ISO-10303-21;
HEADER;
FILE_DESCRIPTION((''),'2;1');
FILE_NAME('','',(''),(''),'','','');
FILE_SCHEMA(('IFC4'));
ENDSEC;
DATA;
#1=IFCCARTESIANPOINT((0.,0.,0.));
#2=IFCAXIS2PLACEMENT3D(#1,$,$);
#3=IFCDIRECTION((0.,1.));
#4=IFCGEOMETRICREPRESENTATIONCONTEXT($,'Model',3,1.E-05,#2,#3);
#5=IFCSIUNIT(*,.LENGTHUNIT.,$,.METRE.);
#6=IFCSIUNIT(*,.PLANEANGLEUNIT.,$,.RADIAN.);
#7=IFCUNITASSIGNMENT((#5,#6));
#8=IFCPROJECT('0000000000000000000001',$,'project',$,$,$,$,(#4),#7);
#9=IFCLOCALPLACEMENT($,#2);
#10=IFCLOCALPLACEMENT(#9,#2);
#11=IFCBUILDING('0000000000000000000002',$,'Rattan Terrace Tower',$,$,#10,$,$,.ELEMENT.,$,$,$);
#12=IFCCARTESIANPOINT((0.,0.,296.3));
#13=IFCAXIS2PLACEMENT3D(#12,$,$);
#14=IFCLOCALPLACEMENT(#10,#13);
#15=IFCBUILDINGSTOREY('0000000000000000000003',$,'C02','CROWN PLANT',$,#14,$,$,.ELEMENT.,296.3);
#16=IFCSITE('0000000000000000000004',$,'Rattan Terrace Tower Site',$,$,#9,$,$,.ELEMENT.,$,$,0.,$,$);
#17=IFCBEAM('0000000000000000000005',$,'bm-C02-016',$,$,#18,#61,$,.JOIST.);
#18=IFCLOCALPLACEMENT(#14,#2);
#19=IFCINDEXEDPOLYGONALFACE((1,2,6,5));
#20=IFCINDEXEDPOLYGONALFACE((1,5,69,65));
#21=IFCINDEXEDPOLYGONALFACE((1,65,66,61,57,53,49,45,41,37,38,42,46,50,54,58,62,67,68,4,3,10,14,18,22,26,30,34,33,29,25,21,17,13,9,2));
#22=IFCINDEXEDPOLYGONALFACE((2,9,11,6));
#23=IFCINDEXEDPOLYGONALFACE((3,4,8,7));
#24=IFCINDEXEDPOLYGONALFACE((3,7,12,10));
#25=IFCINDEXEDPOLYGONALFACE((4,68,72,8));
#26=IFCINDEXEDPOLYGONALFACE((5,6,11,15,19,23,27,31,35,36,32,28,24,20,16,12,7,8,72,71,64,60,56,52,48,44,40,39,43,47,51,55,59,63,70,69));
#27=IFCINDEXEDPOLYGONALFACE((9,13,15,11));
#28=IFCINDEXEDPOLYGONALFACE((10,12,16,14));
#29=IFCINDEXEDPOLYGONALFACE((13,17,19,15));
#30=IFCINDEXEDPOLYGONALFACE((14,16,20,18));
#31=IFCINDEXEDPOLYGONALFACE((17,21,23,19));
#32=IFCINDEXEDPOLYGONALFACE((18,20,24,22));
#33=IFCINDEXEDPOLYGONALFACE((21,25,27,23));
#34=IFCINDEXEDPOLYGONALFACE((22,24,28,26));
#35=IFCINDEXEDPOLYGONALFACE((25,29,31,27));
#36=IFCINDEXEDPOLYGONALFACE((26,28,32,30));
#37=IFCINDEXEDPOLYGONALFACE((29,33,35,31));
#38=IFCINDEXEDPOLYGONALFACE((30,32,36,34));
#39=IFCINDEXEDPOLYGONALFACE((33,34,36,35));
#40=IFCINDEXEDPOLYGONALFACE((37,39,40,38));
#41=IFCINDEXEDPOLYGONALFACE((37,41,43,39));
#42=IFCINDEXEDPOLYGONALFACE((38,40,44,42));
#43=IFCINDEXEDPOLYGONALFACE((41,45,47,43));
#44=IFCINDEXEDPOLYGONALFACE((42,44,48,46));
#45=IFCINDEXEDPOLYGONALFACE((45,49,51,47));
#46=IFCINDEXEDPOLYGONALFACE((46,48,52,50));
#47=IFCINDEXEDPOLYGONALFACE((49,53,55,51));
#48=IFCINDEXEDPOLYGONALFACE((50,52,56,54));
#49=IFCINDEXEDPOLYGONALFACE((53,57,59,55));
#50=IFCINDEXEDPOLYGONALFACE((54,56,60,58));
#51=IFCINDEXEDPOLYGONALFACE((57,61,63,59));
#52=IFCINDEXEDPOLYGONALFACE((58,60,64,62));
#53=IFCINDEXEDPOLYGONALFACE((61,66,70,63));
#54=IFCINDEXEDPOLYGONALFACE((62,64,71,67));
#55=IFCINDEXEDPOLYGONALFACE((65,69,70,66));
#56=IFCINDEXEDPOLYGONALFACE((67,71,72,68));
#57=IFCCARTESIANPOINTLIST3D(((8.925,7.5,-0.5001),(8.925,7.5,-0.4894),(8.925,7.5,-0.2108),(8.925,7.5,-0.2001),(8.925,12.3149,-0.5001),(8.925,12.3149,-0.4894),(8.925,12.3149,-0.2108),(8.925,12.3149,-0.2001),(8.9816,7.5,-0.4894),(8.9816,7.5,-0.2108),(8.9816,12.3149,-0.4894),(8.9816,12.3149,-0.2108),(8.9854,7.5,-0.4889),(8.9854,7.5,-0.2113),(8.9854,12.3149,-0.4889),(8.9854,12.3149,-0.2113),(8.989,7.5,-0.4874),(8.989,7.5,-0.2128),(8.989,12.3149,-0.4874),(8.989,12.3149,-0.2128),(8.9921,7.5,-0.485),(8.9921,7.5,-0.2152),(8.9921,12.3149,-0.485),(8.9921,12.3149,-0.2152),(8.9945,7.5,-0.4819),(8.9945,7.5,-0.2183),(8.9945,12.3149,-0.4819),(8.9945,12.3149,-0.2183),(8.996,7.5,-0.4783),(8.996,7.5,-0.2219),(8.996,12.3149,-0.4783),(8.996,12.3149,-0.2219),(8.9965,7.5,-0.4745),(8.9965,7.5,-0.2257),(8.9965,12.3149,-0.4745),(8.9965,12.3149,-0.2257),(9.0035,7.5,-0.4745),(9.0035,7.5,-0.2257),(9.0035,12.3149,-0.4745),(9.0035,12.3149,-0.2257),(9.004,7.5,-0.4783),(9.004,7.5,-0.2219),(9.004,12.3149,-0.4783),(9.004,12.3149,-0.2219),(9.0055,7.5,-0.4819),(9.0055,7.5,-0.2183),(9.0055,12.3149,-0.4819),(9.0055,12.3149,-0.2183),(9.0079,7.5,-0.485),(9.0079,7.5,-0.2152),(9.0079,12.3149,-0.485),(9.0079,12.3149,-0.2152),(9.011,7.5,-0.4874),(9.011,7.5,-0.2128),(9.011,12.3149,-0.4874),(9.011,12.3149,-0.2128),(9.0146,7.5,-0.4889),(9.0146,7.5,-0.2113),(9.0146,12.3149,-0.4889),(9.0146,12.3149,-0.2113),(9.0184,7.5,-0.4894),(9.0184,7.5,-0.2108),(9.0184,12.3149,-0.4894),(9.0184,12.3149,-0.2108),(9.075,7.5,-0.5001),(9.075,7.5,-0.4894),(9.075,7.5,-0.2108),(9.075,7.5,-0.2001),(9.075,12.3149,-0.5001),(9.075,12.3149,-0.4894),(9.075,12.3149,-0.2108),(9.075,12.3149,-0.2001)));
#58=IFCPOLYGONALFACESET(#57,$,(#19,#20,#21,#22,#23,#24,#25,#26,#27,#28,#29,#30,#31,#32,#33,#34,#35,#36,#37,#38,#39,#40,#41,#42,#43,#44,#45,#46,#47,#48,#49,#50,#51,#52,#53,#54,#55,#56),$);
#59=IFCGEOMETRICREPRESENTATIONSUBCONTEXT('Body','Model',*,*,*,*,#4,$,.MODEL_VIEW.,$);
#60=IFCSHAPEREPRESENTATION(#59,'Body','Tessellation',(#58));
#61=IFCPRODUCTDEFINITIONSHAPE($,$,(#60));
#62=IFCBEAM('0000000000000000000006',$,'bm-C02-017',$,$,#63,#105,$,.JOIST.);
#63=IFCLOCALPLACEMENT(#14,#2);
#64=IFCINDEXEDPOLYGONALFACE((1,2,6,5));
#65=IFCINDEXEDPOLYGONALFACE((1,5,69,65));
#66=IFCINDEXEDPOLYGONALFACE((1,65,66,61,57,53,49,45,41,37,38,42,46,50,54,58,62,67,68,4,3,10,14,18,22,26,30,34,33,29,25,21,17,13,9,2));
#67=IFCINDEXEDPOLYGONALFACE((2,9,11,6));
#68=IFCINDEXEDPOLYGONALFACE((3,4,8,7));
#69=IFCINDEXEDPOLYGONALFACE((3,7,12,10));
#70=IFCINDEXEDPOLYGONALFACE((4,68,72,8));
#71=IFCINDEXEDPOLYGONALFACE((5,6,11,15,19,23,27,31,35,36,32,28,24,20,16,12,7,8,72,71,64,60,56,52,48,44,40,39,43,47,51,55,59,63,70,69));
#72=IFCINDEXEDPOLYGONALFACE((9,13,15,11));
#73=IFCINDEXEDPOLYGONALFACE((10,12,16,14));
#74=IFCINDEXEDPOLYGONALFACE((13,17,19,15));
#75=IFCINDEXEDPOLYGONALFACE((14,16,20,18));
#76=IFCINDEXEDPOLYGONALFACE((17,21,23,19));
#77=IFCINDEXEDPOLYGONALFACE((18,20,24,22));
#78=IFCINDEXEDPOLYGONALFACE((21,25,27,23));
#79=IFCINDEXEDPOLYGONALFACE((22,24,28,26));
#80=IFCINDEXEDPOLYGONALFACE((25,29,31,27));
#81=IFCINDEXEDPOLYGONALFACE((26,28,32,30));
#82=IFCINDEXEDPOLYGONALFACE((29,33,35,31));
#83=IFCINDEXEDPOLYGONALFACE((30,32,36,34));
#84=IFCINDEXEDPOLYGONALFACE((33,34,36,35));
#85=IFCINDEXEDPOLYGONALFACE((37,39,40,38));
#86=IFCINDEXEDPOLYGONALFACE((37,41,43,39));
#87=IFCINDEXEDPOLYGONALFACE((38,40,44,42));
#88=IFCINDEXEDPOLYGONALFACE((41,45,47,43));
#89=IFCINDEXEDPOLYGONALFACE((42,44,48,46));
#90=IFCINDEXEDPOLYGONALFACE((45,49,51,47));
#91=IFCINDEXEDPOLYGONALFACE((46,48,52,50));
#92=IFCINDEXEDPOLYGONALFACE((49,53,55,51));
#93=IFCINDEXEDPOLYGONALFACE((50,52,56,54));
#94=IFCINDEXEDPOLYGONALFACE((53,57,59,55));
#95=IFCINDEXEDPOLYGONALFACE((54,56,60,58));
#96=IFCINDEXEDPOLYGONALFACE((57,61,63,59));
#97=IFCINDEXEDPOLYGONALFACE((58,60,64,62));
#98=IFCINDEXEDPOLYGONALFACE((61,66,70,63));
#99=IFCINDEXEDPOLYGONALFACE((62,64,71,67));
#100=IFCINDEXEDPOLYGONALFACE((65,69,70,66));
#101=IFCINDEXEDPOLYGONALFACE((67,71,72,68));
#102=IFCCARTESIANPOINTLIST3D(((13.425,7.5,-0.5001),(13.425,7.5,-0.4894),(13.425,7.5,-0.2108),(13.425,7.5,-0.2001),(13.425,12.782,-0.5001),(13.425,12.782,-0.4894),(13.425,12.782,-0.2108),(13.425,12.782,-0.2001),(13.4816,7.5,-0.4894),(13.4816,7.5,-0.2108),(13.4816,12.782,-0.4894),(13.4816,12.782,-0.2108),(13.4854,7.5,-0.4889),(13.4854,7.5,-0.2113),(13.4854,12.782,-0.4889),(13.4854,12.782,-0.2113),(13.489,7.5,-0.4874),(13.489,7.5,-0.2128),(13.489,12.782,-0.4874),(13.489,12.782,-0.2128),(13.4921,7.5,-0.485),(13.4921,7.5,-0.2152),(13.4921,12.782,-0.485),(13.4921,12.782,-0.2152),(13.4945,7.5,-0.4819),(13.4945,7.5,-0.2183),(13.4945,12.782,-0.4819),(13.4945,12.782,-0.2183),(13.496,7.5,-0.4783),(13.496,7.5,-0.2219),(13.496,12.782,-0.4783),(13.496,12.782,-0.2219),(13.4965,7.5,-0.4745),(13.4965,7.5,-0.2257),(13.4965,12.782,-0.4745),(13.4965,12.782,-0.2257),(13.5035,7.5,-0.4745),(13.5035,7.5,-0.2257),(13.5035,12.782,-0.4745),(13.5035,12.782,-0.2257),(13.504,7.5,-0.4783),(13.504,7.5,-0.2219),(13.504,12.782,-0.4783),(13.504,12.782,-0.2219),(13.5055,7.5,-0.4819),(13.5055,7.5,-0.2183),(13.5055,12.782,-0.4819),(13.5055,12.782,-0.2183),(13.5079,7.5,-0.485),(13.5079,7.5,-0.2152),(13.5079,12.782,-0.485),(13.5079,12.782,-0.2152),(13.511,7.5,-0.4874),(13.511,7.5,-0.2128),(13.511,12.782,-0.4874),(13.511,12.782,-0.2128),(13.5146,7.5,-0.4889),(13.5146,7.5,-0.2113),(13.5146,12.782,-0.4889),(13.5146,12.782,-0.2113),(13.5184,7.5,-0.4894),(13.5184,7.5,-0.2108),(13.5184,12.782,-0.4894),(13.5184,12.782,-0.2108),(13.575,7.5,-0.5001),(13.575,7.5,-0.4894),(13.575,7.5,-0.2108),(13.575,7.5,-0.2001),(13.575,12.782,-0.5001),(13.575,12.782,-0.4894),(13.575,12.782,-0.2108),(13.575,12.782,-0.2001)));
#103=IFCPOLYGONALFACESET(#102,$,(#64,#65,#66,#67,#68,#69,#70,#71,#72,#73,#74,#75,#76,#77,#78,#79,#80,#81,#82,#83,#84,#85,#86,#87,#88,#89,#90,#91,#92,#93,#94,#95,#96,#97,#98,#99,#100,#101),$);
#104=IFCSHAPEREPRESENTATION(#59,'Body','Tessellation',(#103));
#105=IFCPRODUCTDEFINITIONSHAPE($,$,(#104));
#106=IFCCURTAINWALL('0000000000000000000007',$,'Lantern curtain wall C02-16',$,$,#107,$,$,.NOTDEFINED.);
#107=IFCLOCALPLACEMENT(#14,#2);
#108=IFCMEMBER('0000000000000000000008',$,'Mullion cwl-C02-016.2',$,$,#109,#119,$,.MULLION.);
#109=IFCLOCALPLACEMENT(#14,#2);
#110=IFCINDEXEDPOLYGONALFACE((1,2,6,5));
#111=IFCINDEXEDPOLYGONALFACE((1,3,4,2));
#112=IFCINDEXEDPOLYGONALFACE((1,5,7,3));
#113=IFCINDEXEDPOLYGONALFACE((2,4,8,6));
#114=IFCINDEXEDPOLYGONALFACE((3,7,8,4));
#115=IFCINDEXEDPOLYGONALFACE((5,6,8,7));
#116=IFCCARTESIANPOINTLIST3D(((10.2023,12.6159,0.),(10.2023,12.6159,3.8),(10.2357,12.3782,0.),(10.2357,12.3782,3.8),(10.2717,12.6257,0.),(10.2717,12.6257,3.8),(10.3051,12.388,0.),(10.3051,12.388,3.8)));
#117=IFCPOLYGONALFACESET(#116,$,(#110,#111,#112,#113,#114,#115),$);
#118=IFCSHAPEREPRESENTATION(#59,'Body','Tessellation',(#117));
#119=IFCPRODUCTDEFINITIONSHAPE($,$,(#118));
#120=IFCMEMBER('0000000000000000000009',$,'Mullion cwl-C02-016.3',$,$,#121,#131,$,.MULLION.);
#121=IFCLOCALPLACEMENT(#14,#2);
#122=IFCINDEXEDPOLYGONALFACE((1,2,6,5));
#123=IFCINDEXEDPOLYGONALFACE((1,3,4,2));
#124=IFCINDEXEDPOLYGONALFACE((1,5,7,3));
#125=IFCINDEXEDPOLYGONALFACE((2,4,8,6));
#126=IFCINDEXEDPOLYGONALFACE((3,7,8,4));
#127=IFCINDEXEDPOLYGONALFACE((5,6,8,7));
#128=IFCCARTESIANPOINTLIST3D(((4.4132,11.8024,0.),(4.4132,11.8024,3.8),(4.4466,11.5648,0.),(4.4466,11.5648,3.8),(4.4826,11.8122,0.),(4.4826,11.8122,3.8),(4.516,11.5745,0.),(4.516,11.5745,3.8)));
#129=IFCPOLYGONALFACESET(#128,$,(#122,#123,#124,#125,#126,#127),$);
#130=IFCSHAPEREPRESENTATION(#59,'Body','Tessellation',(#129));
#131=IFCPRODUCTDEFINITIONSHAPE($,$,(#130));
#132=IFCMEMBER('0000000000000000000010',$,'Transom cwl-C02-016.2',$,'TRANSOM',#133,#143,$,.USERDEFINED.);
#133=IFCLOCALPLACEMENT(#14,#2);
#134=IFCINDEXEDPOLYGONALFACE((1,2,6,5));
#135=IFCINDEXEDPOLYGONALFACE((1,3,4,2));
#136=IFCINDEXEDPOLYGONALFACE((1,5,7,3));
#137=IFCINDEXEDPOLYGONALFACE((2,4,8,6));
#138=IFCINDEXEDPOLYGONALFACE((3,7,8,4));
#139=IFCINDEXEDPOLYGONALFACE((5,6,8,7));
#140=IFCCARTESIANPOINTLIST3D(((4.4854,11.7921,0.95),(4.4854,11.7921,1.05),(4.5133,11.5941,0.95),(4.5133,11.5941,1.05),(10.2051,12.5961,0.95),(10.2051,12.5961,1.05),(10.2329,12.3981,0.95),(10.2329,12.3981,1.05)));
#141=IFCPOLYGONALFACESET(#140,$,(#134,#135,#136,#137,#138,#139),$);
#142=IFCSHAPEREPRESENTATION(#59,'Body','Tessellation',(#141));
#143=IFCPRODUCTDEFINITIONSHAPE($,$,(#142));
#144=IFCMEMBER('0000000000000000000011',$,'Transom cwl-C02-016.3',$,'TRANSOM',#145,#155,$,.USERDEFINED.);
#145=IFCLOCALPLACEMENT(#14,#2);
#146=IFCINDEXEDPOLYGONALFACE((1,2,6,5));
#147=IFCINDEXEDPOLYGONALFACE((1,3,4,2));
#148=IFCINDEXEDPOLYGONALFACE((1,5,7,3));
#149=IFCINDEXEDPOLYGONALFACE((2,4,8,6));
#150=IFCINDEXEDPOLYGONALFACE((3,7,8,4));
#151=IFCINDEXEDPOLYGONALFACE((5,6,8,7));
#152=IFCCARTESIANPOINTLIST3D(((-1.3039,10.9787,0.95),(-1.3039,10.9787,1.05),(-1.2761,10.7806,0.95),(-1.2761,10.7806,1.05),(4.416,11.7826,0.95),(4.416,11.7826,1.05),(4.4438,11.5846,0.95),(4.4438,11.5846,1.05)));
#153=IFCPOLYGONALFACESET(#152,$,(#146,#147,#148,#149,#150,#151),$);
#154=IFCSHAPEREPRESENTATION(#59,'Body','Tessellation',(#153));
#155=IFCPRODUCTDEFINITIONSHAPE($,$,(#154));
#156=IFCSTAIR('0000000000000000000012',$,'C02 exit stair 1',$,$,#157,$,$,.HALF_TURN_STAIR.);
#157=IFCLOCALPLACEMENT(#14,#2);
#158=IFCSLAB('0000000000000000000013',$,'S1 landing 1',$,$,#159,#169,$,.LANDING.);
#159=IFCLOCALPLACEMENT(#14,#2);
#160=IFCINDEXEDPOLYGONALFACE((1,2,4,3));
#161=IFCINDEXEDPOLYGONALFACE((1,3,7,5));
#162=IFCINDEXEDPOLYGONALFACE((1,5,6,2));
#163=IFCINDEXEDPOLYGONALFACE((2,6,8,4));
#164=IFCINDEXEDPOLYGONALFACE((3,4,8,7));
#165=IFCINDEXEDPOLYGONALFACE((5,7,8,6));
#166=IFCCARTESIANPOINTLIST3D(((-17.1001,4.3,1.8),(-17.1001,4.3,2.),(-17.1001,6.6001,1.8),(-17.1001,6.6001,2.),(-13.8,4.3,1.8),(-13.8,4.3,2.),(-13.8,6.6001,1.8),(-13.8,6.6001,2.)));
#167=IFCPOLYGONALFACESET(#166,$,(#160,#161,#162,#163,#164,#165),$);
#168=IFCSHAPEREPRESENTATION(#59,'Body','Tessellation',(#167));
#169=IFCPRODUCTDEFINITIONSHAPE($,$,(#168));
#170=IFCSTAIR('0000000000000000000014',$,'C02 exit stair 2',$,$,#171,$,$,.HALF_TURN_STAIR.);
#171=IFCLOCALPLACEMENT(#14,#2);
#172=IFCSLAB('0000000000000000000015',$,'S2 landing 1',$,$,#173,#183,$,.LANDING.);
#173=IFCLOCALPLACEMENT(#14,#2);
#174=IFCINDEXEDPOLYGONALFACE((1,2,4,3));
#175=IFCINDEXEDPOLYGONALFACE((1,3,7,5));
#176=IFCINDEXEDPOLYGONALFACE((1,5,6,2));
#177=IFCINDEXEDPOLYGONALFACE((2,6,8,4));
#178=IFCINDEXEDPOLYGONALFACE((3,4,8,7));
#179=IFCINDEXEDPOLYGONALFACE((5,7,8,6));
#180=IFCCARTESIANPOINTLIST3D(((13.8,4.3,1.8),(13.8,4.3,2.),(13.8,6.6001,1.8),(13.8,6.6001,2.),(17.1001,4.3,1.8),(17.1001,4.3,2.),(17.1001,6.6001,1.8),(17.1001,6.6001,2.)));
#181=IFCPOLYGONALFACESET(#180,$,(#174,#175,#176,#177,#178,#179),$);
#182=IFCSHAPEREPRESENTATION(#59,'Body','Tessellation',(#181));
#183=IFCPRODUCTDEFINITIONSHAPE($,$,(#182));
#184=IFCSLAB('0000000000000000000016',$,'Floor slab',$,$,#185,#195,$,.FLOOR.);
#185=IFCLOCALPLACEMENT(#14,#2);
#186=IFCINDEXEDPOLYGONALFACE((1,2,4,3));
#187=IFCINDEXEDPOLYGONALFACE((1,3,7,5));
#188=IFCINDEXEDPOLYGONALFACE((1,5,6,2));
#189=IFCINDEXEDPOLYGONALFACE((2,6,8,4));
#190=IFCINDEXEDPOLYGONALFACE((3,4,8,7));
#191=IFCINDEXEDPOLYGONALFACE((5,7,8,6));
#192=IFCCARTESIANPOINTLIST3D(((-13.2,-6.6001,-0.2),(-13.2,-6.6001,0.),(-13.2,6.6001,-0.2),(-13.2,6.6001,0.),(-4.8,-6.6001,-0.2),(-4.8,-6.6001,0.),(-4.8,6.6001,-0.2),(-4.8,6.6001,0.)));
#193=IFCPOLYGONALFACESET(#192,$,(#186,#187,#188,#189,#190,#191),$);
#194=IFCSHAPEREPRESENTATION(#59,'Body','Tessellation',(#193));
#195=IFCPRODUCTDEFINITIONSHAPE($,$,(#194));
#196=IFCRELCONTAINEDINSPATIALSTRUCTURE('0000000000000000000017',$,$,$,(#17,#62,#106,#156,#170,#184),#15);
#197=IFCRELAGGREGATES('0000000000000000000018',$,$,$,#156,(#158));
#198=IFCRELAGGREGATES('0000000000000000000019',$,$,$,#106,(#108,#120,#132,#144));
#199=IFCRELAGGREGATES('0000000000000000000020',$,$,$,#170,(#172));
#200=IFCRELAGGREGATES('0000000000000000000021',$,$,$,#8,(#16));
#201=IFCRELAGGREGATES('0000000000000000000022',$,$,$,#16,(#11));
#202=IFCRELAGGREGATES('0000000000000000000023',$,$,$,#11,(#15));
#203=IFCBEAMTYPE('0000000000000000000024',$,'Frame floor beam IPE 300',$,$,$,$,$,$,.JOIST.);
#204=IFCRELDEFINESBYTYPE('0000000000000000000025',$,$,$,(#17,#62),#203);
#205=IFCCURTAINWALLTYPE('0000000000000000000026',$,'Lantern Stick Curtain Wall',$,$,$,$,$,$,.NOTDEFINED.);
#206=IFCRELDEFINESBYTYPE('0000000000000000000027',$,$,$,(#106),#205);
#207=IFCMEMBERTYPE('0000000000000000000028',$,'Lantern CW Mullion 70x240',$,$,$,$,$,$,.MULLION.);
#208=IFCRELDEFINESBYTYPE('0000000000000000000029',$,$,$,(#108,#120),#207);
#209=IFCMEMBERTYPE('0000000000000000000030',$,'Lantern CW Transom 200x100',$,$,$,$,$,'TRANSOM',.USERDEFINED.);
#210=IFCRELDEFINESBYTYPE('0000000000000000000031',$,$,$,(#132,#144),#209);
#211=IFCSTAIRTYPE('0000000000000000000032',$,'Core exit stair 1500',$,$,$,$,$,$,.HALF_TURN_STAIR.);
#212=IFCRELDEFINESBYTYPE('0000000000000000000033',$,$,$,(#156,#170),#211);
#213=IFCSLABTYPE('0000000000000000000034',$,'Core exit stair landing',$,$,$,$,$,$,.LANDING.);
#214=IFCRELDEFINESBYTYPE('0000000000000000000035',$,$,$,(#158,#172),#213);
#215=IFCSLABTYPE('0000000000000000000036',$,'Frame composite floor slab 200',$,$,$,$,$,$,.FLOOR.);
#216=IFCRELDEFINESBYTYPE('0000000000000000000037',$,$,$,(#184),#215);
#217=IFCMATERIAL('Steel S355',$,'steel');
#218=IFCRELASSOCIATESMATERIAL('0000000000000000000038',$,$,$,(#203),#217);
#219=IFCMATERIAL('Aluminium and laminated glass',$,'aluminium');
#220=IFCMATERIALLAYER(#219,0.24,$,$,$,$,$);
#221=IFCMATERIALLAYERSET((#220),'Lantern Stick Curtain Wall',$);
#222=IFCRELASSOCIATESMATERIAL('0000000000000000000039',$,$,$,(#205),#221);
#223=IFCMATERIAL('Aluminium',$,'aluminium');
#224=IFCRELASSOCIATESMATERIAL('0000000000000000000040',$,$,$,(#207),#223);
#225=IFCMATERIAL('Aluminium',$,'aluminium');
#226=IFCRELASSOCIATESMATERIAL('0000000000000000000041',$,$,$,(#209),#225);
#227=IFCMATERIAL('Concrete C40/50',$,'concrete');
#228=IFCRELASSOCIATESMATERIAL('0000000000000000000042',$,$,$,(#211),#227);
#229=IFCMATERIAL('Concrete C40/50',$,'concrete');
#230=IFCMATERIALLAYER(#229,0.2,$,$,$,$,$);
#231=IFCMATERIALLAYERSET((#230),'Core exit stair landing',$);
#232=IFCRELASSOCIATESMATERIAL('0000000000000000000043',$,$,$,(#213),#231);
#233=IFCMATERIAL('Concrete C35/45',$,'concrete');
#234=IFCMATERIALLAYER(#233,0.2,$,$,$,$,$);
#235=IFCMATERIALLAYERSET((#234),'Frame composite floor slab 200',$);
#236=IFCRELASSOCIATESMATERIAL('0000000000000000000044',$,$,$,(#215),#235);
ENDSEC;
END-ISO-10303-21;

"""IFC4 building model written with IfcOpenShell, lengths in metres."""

from ifc_helpers import new_model, si_unit, direction, frame, origin, origin_2d, place, context, subcontext, project, spatial, polyline, rectangle, i_section, outline, extrude, material, layer, layer_set, material_profile, profile_set, type_object, element, aggregate, save


model = new_model("IFC4")

# Units and contexts
model_context = context("Model", 3, precision=1e-05, world=origin(), true_north=direction((0.0, 1.0)))
body_context = subcontext(model_context, "Body", "Model", "MODEL_VIEW")
ifc_project = project(units=[si_unit("LENGTHUNIT", "METRE"), si_unit("PLANEANGLEUNIT", "RADIAN")], contexts=[model_context])

# Site, building, storey
site_placement = place(None, origin())
site = spatial("IfcSite", under=ifc_project, at=site_placement, Name="Rattan Terrace Tower Site", CompositionType="ELEMENT", RefElevation=0.0)
building_placement = place(site_placement, origin())
building = spatial("IfcBuilding", under=site, at=building_placement, Name="Rattan Terrace Tower", CompositionType="ELEMENT")
storey_placement = place(building_placement, frame((0.0, 0.0, 296.3)))
storey = spatial("IfcBuildingStorey", under=building, at=storey_placement, Name="C02", Description="CROWN PLANT", CompositionType="ELEMENT", Elevation=296.3)

# Beams
ifc_material_1 = material(Name="Steel S355", Category="steel")
ifc_material_profile_1 = material_profile(ifc_material_1, i_section(OverallWidth=0.1499, OverallDepth=0.3, WebThickness=0.0071, FlangeThickness=0.0107, FilletRadius=0.0149, at=origin_2d()), Name="IPE 300")
ifc_profile_set_1 = profile_set([ifc_material_profile_1], Name="Steel S355")
beam_type_1 = type_object("IfcBeamType", Name="Frame floor beam IPE 300", PredefinedType="JOIST", material=ifc_profile_set_1)
beam_1_placement = place(storey_placement, frame((9.0, 7.5, -0.3501), z_axis=(0.0, 1.0, 0.0), x_axis=(-1.0, 0.0, 0.0)))
element("IfcBeam", 1, at=beam_1_placement, inside=storey, type_object=beam_type_1, Name="bm-C02-016", PredefinedType="JOIST", context=body_context, shape_type="SweptSolid", body=[
    extrude(i_section(OverallWidth=0.1499, OverallDepth=0.3, WebThickness=0.0071, FlangeThickness=0.0107, FilletRadius=0.0149, at=origin_2d()), origin(), (0.0, 0.0, 1.0), 4.8149),
])
beam_2_placement = place(storey_placement, frame((13.5, 7.5, -0.3501), z_axis=(0.0, 1.0, 0.0), x_axis=(-1.0, 0.0, 0.0)))
element("IfcBeam", 2, at=beam_2_placement, inside=storey, type_object=beam_type_1, Name="bm-C02-017", PredefinedType="JOIST", context=body_context, shape_type="SweptSolid", body=[
    extrude(i_section(OverallWidth=0.1499, OverallDepth=0.3, WebThickness=0.0071, FlangeThickness=0.0107, FilletRadius=0.0149, at=origin_2d()), origin(), (0.0, 0.0, 1.0), 5.282),
])

# Curtain wall, members
ifc_material_2 = material(Name="Aluminium and laminated glass", Category="aluminium")
ifc_layer_1 = layer(ifc_material_2, 0.24)
ifc_layer_set_1 = layer_set([ifc_layer_1], Name="Lantern Stick Curtain Wall")
curtain_wall_type = type_object("IfcCurtainWallType", Name="Lantern Stick Curtain Wall", PredefinedType="NOTDEFINED", material=ifc_layer_set_1)
curtain_wall_placement = place(storey_placement, origin())
curtain_wall = element("IfcCurtainWall", 3, at=curtain_wall_placement, inside=storey, type_object=curtain_wall_type, Name="Lantern curtain wall C02-16", PredefinedType="NOTDEFINED")
ifc_material_3 = material(Name="Aluminium", Category="aluminium")
ifc_material_profile_2 = material_profile(ifc_material_3, rectangle(XDim=0.0701, YDim=0.24, at=origin_2d()), Name="Aluminium 70x240")
ifc_profile_set_2 = profile_set([ifc_material_profile_2], Name="Aluminium")
member_type_1 = type_object("IfcMemberType", Name="Lantern CW Mullion 70x240", PredefinedType="MULLION", material=ifc_profile_set_2)
member_1_placement = place(storey_placement, frame((10.2537, 12.502, 0.0), z_axis=(0.0, 0.0, 1.0), x_axis=(-0.990267, -0.139181, 0.0)))
member_1 = element("IfcMember", 4, at=member_1_placement, type_object=member_type_1, Name="Mullion cwl-C02-016.2", PredefinedType="MULLION", context=body_context, shape_type="SweptSolid", body=[
    extrude(rectangle(XDim=0.0701, YDim=0.24, at=origin_2d()), origin(), (0.0, 0.0, 1.0), 3.8),
])
member_2_placement = place(storey_placement, frame((4.4646, 11.6885, 0.0), z_axis=(0.0, 0.0, 1.0), x_axis=(-0.990267, -0.139181, 0.0)))
member_2 = element("IfcMember", 5, at=member_2_placement, type_object=member_type_1, Name="Mullion cwl-C02-016.3", PredefinedType="MULLION", context=body_context, shape_type="SweptSolid", body=[
    extrude(rectangle(XDim=0.0701, YDim=0.24, at=origin_2d()), origin(), (0.0, 0.0, 1.0), 3.8),
])
ifc_material_4 = material(Name="Aluminium", Category="aluminium")
ifc_material_profile_3 = material_profile(ifc_material_4, rectangle(XDim=0.2, YDim=0.1001, at=origin_2d()), Name="Aluminium 200x100")
ifc_profile_set_3 = profile_set([ifc_material_profile_3], Name="Aluminium")
member_type_2 = type_object("IfcMemberType", Name="Lantern CW Transom 200x100", ElementType="TRANSOM", PredefinedType="USERDEFINED", material=ifc_profile_set_3)
member_3_placement = place(storey_placement, frame((10.219, 12.4971, 1.0), z_axis=(-0.990266, -0.13919, 0.0), x_axis=(0.13919, -0.990266, 0.0)))
member_3 = element("IfcMember", 6, at=member_3_placement, type_object=member_type_2, Name="Transom cwl-C02-016.2", ObjectType="TRANSOM", PredefinedType="USERDEFINED", context=body_context, shape_type="SweptSolid", body=[
    extrude(rectangle(XDim=0.2, YDim=0.1001, at=origin_2d()), origin(), (0.0, 0.0, 1.0), 5.7759),
])
member_4_placement = place(storey_placement, frame((4.4299, 11.6836, 1.0), z_axis=(-0.990267, -0.139184, 0.0), x_axis=(0.139184, -0.990267, 0.0)))
member_4 = element("IfcMember", 7, at=member_4_placement, type_object=member_type_2, Name="Transom cwl-C02-016.3", ObjectType="TRANSOM", PredefinedType="USERDEFINED", context=body_context, shape_type="SweptSolid", body=[
    extrude(rectangle(XDim=0.2, YDim=0.1001, at=origin_2d()), origin(), (0.0, 0.0, 1.0), 5.7761),
])

# Stairs, slabs
ifc_material_5 = material(Name="Concrete C40/50", Category="concrete")
stair_type = type_object("IfcStairType", Name="Core exit stair 1500", PredefinedType="HALF_TURN_STAIR", material=ifc_material_5)
stair_1_placement = place(storey_placement, origin())
stair_1 = element("IfcStair", 8, at=stair_1_placement, inside=storey, type_object=stair_type, Name="C02 exit stair 1", PredefinedType="HALF_TURN_STAIR")
ifc_material_6 = material(Name="Concrete C40/50", Category="concrete")
ifc_layer_2 = layer(ifc_material_6, 0.2)
ifc_layer_set_2 = layer_set([ifc_layer_2], Name="Core exit stair landing")
slab_type_1 = type_object("IfcSlabType", Name="Core exit stair landing", PredefinedType="LANDING", material=ifc_layer_set_2)
slab_1_placement = place(storey_placement, frame((0.0, 0.0, 1.8)))
slab_1 = element("IfcSlab", 9, at=slab_1_placement, type_object=slab_type_1, Name="S1 landing 1", PredefinedType="LANDING", context=body_context, shape_type="SweptSolid", body=[
    extrude(outline(polyline([(-13.8, 4.3), (-13.8, 6.6001), (-17.1001, 6.6001), (-17.1001, 4.3), (-13.8, 4.3)])), origin(), (0.0, 0.0, 1.0), 0.2),
])
aggregate(stair_1, [slab_1])
stair_2_placement = place(storey_placement, origin())
stair_2 = element("IfcStair", 10, at=stair_2_placement, inside=storey, type_object=stair_type, Name="C02 exit stair 2", PredefinedType="HALF_TURN_STAIR")
slab_2_placement = place(storey_placement, frame((0.0, 0.0, 1.8)))
slab_2 = element("IfcSlab", 11, at=slab_2_placement, type_object=slab_type_1, Name="S2 landing 1", PredefinedType="LANDING", context=body_context, shape_type="SweptSolid", body=[
    extrude(outline(polyline([(17.1001, 4.3), (17.1001, 6.6001), (13.8, 6.6001), (13.8, 4.3), (17.1001, 4.3)])), origin(), (0.0, 0.0, 1.0), 0.2),
])

# Slab
ifc_material_7 = material(Name="Concrete C35/45", Category="concrete")
ifc_layer_3 = layer(ifc_material_7, 0.2)
ifc_layer_set_3 = layer_set([ifc_layer_3], Name="Frame composite floor slab 200")
slab_type_2 = type_object("IfcSlabType", Name="Frame composite floor slab 200", PredefinedType="FLOOR", material=ifc_layer_set_3)
slab_3_placement = place(storey_placement, frame((0.0, 0.0, -0.2)))
element("IfcSlab", 12, at=slab_3_placement, inside=storey, type_object=slab_type_2, Name="Floor slab", PredefinedType="FLOOR", context=body_context, shape_type="SweptSolid", body=[
    extrude(outline(polyline([(-13.2, 6.6001), (-13.2, -6.6001), (-4.8, -6.6001), (-4.8, 6.6001), (-13.2, 6.6001)])), origin(), (0.0, 0.0, 1.0), 0.2),
])

aggregate(curtain_wall, [member_1, member_2, member_3, member_4])

aggregate(stair_2, [slab_2])

save(model, "model.ifc")
